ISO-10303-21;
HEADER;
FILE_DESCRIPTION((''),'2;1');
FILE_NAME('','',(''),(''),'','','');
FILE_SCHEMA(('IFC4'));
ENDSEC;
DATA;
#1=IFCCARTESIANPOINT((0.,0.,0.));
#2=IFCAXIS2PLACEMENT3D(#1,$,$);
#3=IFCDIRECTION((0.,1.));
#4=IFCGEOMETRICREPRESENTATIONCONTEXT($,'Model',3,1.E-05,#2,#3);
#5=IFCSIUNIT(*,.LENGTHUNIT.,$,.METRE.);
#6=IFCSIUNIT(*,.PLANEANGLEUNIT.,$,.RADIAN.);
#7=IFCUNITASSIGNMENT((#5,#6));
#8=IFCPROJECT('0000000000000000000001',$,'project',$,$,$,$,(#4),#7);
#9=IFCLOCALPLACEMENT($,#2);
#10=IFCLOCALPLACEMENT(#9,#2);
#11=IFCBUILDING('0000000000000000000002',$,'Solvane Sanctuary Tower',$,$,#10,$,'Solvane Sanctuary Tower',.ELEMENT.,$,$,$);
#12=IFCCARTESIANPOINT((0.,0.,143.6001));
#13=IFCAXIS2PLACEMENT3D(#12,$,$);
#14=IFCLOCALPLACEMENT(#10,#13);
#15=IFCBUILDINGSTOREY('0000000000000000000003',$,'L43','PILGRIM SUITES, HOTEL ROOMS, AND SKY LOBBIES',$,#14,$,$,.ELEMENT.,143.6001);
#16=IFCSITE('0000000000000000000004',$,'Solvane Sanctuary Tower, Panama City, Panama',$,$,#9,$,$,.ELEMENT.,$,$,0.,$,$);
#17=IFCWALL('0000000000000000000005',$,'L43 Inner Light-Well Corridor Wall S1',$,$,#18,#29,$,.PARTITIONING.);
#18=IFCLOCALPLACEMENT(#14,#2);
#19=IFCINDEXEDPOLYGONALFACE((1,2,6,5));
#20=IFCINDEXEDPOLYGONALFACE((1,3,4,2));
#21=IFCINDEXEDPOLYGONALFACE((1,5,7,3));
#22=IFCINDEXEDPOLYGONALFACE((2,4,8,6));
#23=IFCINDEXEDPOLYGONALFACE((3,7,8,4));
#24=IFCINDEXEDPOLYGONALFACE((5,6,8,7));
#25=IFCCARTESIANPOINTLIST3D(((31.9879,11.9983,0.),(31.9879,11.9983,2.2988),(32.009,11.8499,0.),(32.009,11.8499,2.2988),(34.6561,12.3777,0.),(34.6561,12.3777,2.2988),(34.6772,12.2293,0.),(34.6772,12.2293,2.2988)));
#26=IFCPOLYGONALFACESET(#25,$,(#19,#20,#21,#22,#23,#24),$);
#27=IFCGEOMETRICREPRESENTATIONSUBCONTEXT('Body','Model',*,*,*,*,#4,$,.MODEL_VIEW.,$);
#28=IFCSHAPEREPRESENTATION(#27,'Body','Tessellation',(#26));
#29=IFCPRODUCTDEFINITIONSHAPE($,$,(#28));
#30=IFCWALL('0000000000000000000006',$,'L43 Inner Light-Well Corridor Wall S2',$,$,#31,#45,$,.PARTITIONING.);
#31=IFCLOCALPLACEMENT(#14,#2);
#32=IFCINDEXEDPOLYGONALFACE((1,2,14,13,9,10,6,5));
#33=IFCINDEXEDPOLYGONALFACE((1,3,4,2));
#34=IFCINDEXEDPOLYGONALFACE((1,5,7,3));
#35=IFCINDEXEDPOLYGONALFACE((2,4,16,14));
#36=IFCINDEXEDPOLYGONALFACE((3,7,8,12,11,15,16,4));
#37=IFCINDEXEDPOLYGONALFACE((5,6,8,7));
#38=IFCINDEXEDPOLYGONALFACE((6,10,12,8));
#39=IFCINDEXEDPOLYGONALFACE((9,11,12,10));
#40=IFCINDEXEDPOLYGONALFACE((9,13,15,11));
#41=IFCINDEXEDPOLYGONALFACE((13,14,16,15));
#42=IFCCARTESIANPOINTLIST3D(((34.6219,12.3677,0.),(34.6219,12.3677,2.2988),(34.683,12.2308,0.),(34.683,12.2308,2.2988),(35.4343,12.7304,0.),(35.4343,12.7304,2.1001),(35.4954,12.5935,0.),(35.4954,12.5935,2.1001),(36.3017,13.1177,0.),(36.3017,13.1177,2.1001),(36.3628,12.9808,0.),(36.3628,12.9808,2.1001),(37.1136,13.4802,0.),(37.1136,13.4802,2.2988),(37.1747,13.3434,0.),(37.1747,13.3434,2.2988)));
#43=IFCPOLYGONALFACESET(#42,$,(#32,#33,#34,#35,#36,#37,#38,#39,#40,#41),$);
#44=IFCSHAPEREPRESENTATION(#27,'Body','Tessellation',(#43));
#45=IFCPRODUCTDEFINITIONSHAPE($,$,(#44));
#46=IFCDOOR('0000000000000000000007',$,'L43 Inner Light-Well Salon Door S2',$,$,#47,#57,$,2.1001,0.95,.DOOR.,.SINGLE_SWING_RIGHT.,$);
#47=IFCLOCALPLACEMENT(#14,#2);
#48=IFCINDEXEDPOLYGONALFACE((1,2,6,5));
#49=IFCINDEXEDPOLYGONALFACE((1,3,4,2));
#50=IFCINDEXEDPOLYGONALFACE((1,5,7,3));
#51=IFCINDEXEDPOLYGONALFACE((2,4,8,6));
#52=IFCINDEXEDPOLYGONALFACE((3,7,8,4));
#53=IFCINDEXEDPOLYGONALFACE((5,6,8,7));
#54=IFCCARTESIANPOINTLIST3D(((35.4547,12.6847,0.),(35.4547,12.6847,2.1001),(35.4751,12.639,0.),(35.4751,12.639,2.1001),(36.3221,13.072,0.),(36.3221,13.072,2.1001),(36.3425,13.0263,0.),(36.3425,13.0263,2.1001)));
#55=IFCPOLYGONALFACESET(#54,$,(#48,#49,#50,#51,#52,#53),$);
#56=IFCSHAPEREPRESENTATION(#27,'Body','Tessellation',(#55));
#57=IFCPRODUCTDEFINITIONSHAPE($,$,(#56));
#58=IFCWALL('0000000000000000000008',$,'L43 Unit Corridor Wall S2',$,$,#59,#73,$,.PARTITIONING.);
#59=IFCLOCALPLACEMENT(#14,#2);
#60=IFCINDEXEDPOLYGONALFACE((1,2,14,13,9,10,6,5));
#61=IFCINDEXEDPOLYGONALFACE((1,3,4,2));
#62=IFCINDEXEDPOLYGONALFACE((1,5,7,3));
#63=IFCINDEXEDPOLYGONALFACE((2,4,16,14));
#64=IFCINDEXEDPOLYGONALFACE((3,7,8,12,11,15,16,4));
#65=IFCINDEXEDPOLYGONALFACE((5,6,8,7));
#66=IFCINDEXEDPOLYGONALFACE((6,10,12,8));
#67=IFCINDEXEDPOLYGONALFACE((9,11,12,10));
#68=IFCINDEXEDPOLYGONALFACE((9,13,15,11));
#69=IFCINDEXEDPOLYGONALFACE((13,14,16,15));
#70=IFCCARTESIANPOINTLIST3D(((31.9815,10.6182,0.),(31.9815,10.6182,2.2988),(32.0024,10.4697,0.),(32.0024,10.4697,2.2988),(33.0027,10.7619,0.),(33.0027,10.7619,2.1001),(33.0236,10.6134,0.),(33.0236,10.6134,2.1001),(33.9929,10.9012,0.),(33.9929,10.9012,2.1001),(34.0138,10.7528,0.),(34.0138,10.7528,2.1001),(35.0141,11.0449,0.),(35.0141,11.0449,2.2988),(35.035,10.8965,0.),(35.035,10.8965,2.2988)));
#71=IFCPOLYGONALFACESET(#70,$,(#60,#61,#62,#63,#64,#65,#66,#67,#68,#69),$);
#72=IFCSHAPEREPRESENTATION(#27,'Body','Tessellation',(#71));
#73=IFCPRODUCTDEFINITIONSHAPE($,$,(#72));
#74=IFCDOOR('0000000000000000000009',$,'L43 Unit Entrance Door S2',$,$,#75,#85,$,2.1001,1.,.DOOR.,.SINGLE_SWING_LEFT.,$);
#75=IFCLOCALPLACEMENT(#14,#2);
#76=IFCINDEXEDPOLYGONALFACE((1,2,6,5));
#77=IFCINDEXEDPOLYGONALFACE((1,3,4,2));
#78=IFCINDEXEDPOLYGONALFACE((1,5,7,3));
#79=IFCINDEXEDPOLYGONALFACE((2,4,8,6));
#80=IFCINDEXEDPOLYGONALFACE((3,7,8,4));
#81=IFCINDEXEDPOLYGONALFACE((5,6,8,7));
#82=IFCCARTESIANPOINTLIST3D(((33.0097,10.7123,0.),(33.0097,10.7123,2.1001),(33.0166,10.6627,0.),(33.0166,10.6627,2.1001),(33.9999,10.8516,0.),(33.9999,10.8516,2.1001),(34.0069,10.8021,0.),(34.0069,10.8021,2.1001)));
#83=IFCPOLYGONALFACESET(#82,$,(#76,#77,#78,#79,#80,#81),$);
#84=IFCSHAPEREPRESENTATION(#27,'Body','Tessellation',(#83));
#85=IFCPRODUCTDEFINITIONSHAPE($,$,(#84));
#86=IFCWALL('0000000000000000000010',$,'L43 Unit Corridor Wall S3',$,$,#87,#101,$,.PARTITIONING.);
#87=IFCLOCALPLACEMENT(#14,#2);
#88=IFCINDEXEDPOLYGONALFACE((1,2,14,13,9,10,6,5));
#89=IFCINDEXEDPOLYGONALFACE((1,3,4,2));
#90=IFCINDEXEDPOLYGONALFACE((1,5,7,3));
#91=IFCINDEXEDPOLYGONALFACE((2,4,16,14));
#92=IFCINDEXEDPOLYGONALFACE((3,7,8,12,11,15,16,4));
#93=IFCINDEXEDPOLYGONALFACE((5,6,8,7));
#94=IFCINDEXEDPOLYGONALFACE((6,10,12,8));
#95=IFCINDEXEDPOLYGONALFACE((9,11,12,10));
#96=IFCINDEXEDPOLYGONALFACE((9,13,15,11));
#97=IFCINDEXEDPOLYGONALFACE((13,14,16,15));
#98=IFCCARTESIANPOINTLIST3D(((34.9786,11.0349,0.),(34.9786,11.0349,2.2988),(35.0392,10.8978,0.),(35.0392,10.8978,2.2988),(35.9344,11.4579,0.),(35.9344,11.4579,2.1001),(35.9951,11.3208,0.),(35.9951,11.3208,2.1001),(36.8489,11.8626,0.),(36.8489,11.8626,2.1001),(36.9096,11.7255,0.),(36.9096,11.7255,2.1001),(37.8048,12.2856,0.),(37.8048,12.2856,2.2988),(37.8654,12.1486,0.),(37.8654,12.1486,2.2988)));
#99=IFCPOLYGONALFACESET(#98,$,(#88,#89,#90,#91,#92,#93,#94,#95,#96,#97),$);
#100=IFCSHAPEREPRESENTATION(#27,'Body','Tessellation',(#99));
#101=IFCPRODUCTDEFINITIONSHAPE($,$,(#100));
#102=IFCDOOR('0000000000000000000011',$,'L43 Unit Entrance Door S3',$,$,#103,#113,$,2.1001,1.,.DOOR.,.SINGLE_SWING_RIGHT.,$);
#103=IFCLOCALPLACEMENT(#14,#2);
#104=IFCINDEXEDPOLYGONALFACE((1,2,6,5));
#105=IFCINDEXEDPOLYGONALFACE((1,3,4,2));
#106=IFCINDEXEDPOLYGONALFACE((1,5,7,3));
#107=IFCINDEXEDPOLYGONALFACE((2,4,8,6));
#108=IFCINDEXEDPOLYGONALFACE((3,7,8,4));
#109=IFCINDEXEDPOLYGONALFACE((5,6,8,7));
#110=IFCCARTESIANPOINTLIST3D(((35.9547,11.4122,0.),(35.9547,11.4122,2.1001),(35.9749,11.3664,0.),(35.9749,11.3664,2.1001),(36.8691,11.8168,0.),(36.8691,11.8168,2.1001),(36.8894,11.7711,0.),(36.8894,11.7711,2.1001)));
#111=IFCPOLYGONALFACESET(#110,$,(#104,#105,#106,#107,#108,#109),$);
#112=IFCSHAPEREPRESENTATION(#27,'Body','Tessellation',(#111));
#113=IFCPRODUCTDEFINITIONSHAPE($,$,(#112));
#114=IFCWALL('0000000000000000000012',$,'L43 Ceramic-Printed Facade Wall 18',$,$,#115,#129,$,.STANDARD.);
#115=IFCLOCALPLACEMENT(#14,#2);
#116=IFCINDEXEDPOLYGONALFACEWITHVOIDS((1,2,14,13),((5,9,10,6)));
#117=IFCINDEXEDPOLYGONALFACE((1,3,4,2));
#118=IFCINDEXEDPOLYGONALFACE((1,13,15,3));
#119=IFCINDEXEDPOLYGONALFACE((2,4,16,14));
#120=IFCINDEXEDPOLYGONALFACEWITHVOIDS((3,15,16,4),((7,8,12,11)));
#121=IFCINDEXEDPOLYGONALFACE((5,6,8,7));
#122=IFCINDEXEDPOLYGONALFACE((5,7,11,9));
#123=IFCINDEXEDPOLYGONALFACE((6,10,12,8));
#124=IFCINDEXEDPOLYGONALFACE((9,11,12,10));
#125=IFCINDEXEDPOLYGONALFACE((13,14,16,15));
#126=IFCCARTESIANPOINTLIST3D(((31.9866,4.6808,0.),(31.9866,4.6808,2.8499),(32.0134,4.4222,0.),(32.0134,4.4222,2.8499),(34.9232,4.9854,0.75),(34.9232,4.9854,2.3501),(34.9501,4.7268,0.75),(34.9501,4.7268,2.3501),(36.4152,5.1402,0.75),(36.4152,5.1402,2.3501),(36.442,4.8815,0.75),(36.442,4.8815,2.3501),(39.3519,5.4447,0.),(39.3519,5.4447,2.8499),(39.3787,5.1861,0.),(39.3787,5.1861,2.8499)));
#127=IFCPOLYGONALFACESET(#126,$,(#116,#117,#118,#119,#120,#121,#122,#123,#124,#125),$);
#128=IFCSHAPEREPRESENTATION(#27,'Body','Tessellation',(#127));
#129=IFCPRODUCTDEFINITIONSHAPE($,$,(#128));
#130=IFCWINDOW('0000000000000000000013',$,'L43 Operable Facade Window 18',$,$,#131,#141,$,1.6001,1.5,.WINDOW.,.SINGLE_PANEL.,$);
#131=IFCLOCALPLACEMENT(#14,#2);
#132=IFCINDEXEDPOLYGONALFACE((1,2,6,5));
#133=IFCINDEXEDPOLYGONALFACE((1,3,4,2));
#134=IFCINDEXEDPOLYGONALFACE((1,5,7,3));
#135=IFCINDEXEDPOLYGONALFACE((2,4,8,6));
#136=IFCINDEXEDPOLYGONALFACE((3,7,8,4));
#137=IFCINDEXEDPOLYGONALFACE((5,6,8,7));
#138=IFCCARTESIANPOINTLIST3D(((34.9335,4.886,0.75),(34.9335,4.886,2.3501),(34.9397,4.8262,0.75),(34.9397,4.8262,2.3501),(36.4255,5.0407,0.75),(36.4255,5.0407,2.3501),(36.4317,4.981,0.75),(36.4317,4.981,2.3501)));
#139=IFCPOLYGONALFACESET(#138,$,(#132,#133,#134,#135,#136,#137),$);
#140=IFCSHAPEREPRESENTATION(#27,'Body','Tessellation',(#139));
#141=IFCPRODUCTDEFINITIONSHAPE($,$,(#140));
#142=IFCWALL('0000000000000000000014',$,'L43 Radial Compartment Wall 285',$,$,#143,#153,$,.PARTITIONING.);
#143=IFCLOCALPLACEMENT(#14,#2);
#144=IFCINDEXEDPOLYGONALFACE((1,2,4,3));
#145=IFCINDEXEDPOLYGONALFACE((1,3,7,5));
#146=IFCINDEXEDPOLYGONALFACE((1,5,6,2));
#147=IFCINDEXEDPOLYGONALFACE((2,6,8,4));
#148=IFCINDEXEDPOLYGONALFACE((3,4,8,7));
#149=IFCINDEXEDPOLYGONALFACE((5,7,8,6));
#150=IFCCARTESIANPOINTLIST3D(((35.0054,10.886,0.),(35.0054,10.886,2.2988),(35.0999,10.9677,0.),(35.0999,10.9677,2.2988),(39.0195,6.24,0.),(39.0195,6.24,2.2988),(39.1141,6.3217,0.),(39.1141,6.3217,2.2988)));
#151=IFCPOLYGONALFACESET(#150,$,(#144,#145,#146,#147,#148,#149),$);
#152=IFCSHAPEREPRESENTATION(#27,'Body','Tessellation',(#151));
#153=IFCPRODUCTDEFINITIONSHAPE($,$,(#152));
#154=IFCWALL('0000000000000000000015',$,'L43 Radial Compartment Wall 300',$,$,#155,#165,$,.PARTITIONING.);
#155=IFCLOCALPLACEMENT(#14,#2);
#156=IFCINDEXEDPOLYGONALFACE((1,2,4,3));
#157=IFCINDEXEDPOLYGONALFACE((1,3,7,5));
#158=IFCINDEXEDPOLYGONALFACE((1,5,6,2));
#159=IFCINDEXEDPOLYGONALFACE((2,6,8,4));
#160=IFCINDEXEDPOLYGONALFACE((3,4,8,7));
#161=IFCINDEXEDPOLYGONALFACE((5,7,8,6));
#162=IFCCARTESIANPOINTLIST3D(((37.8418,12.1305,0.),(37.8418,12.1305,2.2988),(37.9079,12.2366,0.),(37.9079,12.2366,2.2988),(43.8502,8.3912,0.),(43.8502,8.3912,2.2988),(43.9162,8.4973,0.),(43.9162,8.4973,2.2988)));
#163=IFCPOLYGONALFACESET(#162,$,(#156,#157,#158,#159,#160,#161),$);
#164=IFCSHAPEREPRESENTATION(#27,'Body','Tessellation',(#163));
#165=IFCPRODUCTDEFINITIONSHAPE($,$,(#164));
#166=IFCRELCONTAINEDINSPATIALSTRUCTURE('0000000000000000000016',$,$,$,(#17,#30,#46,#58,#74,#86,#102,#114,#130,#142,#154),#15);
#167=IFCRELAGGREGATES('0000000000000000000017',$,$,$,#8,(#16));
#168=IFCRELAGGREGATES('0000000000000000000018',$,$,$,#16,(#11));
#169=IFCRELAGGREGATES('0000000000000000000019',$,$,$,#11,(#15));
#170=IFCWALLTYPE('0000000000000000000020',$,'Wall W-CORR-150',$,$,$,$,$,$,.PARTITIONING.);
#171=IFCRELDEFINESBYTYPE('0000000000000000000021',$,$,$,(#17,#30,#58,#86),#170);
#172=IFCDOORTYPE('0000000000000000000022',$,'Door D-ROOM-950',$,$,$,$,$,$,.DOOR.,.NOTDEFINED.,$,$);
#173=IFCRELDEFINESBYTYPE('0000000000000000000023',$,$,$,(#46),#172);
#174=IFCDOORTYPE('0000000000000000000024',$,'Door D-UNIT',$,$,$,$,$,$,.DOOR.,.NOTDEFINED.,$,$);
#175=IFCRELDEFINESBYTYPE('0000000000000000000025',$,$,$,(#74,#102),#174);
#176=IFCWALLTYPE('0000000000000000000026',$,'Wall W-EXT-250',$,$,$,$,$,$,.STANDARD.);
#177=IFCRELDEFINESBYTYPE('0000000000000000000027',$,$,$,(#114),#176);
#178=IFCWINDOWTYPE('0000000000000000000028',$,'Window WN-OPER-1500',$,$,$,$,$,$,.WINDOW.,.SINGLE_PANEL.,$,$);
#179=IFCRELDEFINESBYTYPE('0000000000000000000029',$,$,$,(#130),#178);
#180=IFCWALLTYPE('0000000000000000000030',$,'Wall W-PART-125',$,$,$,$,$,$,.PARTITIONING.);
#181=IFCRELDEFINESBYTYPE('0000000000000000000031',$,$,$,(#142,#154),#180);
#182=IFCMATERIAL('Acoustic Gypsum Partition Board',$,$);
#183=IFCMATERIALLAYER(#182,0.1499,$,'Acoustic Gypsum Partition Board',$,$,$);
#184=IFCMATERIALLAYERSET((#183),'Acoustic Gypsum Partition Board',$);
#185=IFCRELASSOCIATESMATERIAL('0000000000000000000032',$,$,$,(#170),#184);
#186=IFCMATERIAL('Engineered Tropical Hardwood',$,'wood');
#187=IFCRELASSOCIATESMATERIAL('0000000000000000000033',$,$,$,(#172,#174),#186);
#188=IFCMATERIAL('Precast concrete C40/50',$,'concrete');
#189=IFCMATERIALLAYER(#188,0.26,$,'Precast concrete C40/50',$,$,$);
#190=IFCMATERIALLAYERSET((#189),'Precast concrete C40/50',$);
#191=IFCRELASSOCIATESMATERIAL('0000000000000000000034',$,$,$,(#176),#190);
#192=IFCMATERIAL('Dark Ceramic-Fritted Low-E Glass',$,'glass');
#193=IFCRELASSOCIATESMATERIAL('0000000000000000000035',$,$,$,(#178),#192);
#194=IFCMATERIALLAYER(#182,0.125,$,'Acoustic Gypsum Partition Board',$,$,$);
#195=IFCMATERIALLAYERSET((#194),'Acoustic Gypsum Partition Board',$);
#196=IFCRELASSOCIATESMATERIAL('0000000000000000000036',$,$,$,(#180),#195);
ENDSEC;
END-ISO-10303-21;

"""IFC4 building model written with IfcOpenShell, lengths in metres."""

from ifc_helpers import new_model, si_unit, direction, frame, frame_2d, origin, place, context, subcontext, project, spatial, rectangle, extrude, material, layer, layer_set, type_object, element, fill, save


model = new_model("IFC4")

# Units and contexts
model_context = context("Model", 3, precision=1e-05, world=origin(), true_north=direction((0.0, 1.0)))
body_context = subcontext(model_context, "Body", "Model", "MODEL_VIEW")
ifc_project = project(units=[si_unit("LENGTHUNIT", "METRE"), si_unit("PLANEANGLEUNIT", "RADIAN")], contexts=[model_context])

# Site, building, storey
site_placement = place(None, origin())
site = spatial("IfcSite", under=ifc_project, at=site_placement, Name="Solvane Sanctuary Tower, Panama City, Panama", CompositionType="ELEMENT", RefElevation=0.0)
building_placement = place(site_placement, origin())
building = spatial("IfcBuilding", under=site, at=building_placement, Name="Solvane Sanctuary Tower", LongName="Solvane Sanctuary Tower", CompositionType="ELEMENT")
storey_placement = place(building_placement, frame((0.0, 0.0, 143.6001)))
storey = spatial("IfcBuildingStorey", under=building, at=storey_placement, Name="L43", Description="PILGRIM SUITES, HOTEL ROOMS, AND SKY LOBBIES", CompositionType="ELEMENT", Elevation=143.6001)

# Shared definitions
ifc_material_1 = material(Name="Acoustic Gypsum Partition Board")
ifc_layer_1 = layer(ifc_material_1, 0.1499, Name="Acoustic Gypsum Partition Board")
ifc_layer_set_1 = layer_set([ifc_layer_1], Name="Acoustic Gypsum Partition Board")
wall_type_1 = type_object("IfcWallType", Name="Wall W-CORR-150", PredefinedType="PARTITIONING", material=ifc_layer_set_1)

# Shared definitions
ifc_material_2 = material(Name="Engineered Tropical Hardwood", Category="wood")
door_type_1 = type_object("IfcDoorType", Name="Door D-ROOM-950", OperationType="NOTDEFINED", PredefinedType="DOOR", material=ifc_material_2)

# Wall
wall_1_placement = place(storey_placement, frame((31.9983, 11.9241, 0.0), z_axis=(0.0, 0.0, 1.0), x_axis=(0.990042, 0.140775, 0.0)))
element("IfcWall", 1, at=wall_1_placement, inside=storey, type_object=wall_type_1, Name="L43 Inner Light-Well Corridor Wall S1", PredefinedType="PARTITIONING", context=body_context, shape_type="SweptSolid", body=[
    extrude(rectangle(XDim=2.6951, YDim=0.1499, at=frame_2d((1.3477, 0.0))), origin(), (0.0, 0.0, 1.0), 2.2988),
])

# Walls, openings, doors
wall_2_placement = place(storey_placement, frame((34.6526, 12.2993, 0.0), z_axis=(0.0, 0.0, 1.0), x_axis=(0.913113, 0.407707, 0.0)))
wall_2 = element("IfcWall", 2, at=wall_2_placement, inside=storey, type_object=wall_type_1, Name="L43 Inner Light-Well Corridor Wall S2", PredefinedType="PARTITIONING", context=body_context, shape_type="SweptSolid", body=[
    extrude(rectangle(XDim=2.7288, YDim=0.1499, at=frame_2d((1.3643, 0.0))), origin(), (0.0, 0.0, 1.0), 2.2988),
])
opening_1_placement = place(wall_2_placement, frame((0.8894, 0.0, 0.0)))
opening_1 = element("IfcOpeningElement", 3, at=opening_1_placement, cuts=wall_2, PredefinedType="OPENING", context=body_context, shape_type="SweptSolid", body=[
    extrude(rectangle(XDim=0.95, YDim=2.1001, at=frame_2d((0.4751, 1.05))), frame((0.0, 0.085, 0.0), z_axis=(0.0, -1.0, 0.0), x_axis=(1.0, 0.0, 0.0)), (0.0, 0.0, 1.0), 0.1699),
])
door_1_placement = place(opening_1_placement, origin())
door_1 = element("IfcDoor", 4, at=door_1_placement, inside=storey, type_object=door_type_1, Name="L43 Inner Light-Well Salon Door S2", OperationType="SINGLE_SWING_RIGHT", OverallHeight=2.1001, OverallWidth=0.95, PredefinedType="DOOR", context=body_context, shape_type="SweptSolid", body=[
    extrude(rectangle(XDim=0.95, YDim=2.1001, at=frame_2d((0.4751, 1.05))), frame((0.0, 0.0249, 0.0), z_axis=(0.0, -1.0, 0.0), x_axis=(1.0, 0.0, 0.0)), (0.0, 0.0, 1.0), 0.05),
])
fill(opening_1, door_1)
wall_3_placement = place(storey_placement, frame((31.9919, 10.5439, 0.0), z_axis=(0.0, 0.0, 1.0), x_axis=(0.990244, 0.139345, 0.0)))
wall_3 = element("IfcWall", 5, at=wall_3_placement, inside=storey, type_object=wall_type_1, Name="L43 Unit Corridor Wall S2", PredefinedType="PARTITIONING", context=body_context, shape_type="SweptSolid", body=[
    extrude(rectangle(XDim=3.0625, YDim=0.1499, at=frame_2d((1.5312, 0.0))), origin(), (0.0, 0.0, 1.0), 2.2988),
])
opening_2_placement = place(wall_3_placement, frame((1.0312, 0.0, 0.0)))
opening_2 = element("IfcOpeningElement", 6, at=opening_2_placement, cuts=wall_3, PredefinedType="OPENING", context=body_context, shape_type="SweptSolid", body=[
    extrude(rectangle(XDim=1.0, YDim=2.1001, at=frame_2d((0.5, 1.05))), frame((0.0, 0.085, 0.0), z_axis=(0.0, -1.0, 0.0), x_axis=(1.0, 0.0, 0.0)), (0.0, 0.0, 1.0), 0.1699),
])
door_type_2 = type_object("IfcDoorType", Name="Door D-UNIT", OperationType="NOTDEFINED", PredefinedType="DOOR", material=ifc_material_2)
door_2_placement = place(opening_2_placement, origin())
door_2 = element("IfcDoor", 7, at=door_2_placement, inside=storey, type_object=door_type_2, Name="L43 Unit Entrance Door S2", OperationType="SINGLE_SWING_LEFT", OverallHeight=2.1001, OverallWidth=1.0, PredefinedType="DOOR", context=body_context, shape_type="SweptSolid", body=[
    extrude(rectangle(XDim=1.0, YDim=2.1001, at=frame_2d((0.5, 1.05))), frame((0.0, 0.0249, 0.0), z_axis=(0.0, -1.0, 0.0), x_axis=(1.0, 0.0, 0.0)), (0.0, 0.0, 1.0), 0.05),
])
fill(opening_2, door_2)
wall_4_placement = place(storey_placement, frame((35.0088, 10.9663, 0.0), z_axis=(0.0, 0.0, 1.0), x_axis=(0.914452, 0.404694, 0.0)))
wall_4 = element("IfcWall", 8, at=wall_4_placement, inside=storey, type_object=wall_type_1, Name="L43 Unit Corridor Wall S3", PredefinedType="PARTITIONING", context=body_context, shape_type="SweptSolid", body=[
    extrude(rectangle(XDim=3.0906, YDim=0.1499, at=frame_2d((1.5454, 0.0))), origin(), (0.0, 0.0, 1.0), 2.2988),
])
opening_3_placement = place(wall_4_placement, frame((1.0454, 0.0, 0.0)))
opening_3 = element("IfcOpeningElement", 9, at=opening_3_placement, cuts=wall_4, PredefinedType="OPENING", context=body_context, shape_type="SweptSolid", body=[
    extrude(rectangle(XDim=1.0, YDim=2.1001, at=frame_2d((0.5, 1.05))), frame((0.0, 0.085, 0.0), z_axis=(0.0, -1.0, 0.0), x_axis=(1.0, 0.0, 0.0)), (0.0, 0.0, 1.0), 0.1699),
])
door_3_placement = place(opening_3_placement, origin())
door_3 = element("IfcDoor", 10, at=door_3_placement, inside=storey, type_object=door_type_2, Name="L43 Unit Entrance Door S3", OperationType="SINGLE_SWING_RIGHT", OverallHeight=2.1001, OverallWidth=1.0, PredefinedType="DOOR", context=body_context, shape_type="SweptSolid", body=[
    extrude(rectangle(XDim=1.0, YDim=2.1001, at=frame_2d((0.5, 1.05))), frame((0.0, 0.0249, 0.0), z_axis=(0.0, -1.0, 0.0), x_axis=(1.0, 0.0, 0.0)), (0.0, 0.0, 1.0), 0.05),
])
fill(opening_3, door_3)

# Wall, opening, window
ifc_material_3 = material(Name="Precast concrete C40/50", Category="concrete")
ifc_layer_2 = layer(ifc_material_3, 0.26, Name="Precast concrete C40/50")
ifc_layer_set_2 = layer_set([ifc_layer_2], Name="Precast concrete C40/50")
wall_type_2 = type_object("IfcWallType", Name="Wall W-EXT-250", PredefinedType="STANDARD", material=ifc_layer_set_2)
wall_5_placement = place(storey_placement, frame((32.0, 4.5515, 0.0), z_axis=(0.0, 0.0, 1.0), x_axis=(0.994664, 0.103166, 0.0)))
wall_5 = element("IfcWall", 11, at=wall_5_placement, inside=storey, type_object=wall_type_2, Name="L43 Ceramic-Printed Facade Wall 18", PredefinedType="STANDARD", context=body_context, shape_type="SweptSolid", body=[
    extrude(rectangle(XDim=7.4048, YDim=0.26, at=frame_2d((3.7024, 0.0))), origin(), (0.0, 0.0, 1.0), 2.8499),
])
opening_4_placement = place(wall_5_placement, frame((2.9524, 0.0, 0.75)))
opening_4 = element("IfcOpeningElement", 12, at=opening_4_placement, cuts=wall_5, PredefinedType="OPENING", context=body_context, shape_type="SweptSolid", body=[
    extrude(rectangle(XDim=1.5, YDim=1.6001, at=frame_2d((0.75, 0.8))), frame((0.0, 0.1399, 0.0), z_axis=(0.0, -1.0, 0.0), x_axis=(1.0, 0.0, 0.0)), (0.0, 0.0, 1.0), 0.28),
])
ifc_material_4 = material(Name="Dark Ceramic-Fritted Low-E Glass", Category="glass")
window_type = type_object("IfcWindowType", Name="Window WN-OPER-1500", PartitioningType="SINGLE_PANEL", PredefinedType="WINDOW", material=ifc_material_4)
window_placement = place(opening_4_placement, origin())
window = element("IfcWindow", 13, at=window_placement, inside=storey, type_object=window_type, Name="L43 Operable Facade Window 18", OverallHeight=1.6001, OverallWidth=1.5, PartitioningType="SINGLE_PANEL", PredefinedType="WINDOW", context=body_context, shape_type="SweptSolid", body=[
    extrude(rectangle(XDim=1.5, YDim=1.6001, at=frame_2d((0.75, 0.8))), frame((0.0, 0.03, 0.0), z_axis=(0.0, -1.0, 0.0), x_axis=(1.0, 0.0, 0.0)), (0.0, 0.0, 1.0), 0.0601),
])
fill(opening_4, window)

# Walls
ifc_layer_3 = layer(ifc_material_1, 0.125, Name="Acoustic Gypsum Partition Board")
ifc_layer_set_3 = layer_set([ifc_layer_3], Name="Acoustic Gypsum Partition Board")
wall_type_3 = type_object("IfcWallType", Name="Wall W-PART-125", PredefinedType="PARTITIONING", material=ifc_layer_set_3)
wall_6_placement = place(storey_placement, frame((35.0527, 10.9268, 0.0), z_axis=(0.0, 0.0, 1.0), x_axis=(0.653779, -0.756685, 0.0)))
element("IfcWall", 14, at=wall_6_placement, inside=storey, type_object=wall_type_3, Name="L43 Radial Compartment Wall 285", PredefinedType="PARTITIONING", context=body_context, shape_type="SweptSolid", body=[
    extrude(rectangle(XDim=6.1399, YDim=0.125, at=frame_2d((3.0698, 0.0))), origin(), (0.0, 0.0, 1.0), 2.2988),
])
wall_7_placement = place(storey_placement, frame((37.8748, 12.1836, 0.0), z_axis=(0.0, 0.0, 1.0), x_axis=(0.849008, -0.528379, 0.0)))
element("IfcWall", 15, at=wall_7_placement, inside=storey, type_object=wall_type_3, Name="L43 Radial Compartment Wall 300", PredefinedType="PARTITIONING", context=body_context, shape_type="SweptSolid", body=[
    extrude(rectangle(XDim=7.0769, YDim=0.125, at=frame_2d((3.5386, 0.0))), origin(), (0.0, 0.0, 1.0), 2.2988),
])

save(model, "model.ifc")
